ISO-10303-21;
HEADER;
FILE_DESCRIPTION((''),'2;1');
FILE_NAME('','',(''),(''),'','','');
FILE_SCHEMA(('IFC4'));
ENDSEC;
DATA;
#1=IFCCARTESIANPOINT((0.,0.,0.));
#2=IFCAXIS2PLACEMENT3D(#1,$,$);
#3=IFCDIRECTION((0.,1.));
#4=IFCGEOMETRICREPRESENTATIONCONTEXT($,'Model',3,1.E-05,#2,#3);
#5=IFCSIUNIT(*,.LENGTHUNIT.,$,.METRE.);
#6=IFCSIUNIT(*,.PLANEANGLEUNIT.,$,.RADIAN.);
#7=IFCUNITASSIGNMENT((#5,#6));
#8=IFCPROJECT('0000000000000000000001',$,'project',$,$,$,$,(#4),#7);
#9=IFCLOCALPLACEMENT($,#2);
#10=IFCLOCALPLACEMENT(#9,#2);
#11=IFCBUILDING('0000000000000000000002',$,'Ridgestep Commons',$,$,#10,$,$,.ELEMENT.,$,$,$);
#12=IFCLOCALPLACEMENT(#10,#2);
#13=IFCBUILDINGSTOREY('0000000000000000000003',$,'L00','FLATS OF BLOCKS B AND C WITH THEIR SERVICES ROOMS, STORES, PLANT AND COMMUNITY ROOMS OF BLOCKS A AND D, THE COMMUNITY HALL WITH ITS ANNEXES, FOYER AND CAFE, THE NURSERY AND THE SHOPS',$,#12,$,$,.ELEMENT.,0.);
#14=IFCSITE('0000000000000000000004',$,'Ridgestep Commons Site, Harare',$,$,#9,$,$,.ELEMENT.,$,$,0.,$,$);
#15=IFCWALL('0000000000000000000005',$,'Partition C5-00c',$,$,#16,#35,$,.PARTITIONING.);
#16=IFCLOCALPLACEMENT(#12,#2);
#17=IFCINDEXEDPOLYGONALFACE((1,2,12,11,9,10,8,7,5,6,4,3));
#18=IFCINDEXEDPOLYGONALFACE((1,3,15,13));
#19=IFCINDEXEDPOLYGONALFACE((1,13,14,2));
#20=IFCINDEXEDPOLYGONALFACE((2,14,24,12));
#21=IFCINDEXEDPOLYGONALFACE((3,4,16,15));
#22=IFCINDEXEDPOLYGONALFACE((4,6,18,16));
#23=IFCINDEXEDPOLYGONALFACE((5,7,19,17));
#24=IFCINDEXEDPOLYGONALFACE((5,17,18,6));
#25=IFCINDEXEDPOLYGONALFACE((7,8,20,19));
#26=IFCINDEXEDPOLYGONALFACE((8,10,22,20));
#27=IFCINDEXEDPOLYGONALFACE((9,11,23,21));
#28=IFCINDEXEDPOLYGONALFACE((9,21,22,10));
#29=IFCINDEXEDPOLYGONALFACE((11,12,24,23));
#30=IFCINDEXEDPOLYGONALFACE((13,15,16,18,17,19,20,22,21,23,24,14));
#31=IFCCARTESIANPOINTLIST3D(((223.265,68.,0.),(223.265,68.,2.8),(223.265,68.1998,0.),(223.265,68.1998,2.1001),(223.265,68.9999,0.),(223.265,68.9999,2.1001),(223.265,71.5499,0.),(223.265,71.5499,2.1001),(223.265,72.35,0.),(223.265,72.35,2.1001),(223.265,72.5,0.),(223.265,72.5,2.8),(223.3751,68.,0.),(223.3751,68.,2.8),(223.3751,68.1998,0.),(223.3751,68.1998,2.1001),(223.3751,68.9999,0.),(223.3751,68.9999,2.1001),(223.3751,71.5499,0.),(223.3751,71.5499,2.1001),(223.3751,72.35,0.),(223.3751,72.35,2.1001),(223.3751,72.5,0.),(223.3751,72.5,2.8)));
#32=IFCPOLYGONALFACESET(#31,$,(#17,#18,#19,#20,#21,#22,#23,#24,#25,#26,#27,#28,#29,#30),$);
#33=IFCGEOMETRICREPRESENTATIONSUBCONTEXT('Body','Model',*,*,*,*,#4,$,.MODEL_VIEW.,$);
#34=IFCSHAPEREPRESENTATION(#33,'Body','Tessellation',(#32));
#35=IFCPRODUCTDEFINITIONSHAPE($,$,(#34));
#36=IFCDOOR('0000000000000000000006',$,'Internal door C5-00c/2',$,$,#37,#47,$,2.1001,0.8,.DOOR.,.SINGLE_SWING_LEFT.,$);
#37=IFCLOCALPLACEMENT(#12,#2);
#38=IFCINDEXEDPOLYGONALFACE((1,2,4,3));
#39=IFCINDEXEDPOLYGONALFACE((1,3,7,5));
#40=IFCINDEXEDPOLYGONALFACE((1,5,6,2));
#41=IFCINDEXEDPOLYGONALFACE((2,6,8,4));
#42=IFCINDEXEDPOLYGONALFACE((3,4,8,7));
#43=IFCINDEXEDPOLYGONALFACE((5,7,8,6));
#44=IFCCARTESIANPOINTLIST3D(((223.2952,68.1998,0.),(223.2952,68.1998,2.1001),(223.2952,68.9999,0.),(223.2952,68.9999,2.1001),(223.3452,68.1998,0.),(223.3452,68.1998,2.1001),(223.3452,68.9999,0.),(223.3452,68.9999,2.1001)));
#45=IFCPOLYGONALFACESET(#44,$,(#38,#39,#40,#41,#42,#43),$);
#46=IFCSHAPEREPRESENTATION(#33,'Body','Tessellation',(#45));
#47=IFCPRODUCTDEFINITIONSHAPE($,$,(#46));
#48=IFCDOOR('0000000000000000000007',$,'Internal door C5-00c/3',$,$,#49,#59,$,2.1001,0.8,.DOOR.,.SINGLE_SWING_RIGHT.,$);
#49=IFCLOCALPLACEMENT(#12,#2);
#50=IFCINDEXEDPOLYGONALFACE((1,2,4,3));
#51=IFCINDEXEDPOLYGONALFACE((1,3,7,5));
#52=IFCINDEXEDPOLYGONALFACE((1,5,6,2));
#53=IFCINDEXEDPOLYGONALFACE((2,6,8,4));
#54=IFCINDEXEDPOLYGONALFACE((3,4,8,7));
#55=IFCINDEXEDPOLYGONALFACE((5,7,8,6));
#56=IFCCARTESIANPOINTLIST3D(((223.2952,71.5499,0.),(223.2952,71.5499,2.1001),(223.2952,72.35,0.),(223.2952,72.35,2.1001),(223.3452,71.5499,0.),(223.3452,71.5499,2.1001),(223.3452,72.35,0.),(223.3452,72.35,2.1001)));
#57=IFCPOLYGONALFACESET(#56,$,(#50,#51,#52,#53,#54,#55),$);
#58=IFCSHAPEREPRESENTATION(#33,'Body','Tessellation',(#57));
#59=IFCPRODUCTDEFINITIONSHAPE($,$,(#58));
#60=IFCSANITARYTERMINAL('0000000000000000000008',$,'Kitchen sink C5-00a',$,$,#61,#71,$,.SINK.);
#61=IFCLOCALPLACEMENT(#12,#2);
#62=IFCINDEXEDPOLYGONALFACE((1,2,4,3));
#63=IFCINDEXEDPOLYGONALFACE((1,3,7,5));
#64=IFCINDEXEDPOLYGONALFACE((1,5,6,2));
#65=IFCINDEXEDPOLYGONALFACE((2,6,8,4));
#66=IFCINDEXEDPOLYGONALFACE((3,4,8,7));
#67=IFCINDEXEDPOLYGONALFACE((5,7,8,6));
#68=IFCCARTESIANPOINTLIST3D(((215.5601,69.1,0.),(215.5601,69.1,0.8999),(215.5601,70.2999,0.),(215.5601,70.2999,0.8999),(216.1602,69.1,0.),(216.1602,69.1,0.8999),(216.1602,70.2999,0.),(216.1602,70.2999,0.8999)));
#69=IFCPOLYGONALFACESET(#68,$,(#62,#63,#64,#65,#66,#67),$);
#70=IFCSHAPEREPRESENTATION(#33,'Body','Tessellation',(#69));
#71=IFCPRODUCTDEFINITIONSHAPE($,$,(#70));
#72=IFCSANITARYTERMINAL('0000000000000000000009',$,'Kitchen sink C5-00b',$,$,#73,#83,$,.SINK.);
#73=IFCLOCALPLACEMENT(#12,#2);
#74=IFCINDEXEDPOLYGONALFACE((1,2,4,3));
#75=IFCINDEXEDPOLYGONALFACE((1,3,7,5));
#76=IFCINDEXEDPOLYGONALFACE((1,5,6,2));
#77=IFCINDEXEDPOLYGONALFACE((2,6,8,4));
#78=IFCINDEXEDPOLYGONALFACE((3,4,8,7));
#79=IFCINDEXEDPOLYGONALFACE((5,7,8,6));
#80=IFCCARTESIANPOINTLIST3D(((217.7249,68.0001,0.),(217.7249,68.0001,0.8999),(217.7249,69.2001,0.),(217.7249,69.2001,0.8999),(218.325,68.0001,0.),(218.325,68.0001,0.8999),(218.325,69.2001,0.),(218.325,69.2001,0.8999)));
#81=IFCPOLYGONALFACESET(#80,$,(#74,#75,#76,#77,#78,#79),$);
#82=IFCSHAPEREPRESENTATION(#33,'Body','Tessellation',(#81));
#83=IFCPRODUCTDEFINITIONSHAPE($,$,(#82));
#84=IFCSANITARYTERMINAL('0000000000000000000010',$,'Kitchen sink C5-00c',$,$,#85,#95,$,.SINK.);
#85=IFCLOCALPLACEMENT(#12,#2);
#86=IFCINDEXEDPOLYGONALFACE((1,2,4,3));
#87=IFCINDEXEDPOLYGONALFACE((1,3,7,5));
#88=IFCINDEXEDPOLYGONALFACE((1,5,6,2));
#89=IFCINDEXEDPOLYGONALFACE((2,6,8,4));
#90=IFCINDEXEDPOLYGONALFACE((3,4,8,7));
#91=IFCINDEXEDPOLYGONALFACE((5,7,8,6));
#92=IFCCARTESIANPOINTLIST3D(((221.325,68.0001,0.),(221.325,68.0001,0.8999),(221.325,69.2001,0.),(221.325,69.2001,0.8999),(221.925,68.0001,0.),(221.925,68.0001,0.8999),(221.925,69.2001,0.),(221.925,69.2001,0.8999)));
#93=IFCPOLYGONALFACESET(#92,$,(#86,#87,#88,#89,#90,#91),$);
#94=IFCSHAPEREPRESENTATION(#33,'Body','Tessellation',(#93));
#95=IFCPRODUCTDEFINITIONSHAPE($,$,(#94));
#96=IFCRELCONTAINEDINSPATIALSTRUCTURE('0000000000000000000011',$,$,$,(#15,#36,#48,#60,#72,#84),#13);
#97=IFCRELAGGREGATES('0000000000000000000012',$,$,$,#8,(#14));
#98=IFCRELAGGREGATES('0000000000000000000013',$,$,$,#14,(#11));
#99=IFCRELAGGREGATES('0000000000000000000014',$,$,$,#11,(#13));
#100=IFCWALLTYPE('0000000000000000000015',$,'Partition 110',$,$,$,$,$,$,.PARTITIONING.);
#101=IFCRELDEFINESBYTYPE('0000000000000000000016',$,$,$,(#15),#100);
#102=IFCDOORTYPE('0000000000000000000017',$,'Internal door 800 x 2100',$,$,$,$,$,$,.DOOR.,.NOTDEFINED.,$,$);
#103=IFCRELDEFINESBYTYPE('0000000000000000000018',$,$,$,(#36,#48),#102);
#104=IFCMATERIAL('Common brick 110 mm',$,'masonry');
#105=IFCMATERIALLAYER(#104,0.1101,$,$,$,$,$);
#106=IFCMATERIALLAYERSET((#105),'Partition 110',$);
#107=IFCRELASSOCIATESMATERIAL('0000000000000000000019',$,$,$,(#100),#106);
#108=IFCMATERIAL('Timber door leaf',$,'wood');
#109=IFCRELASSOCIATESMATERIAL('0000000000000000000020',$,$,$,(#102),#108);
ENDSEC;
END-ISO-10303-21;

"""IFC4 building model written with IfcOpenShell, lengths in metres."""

from ifc_helpers import new_model, si_unit, direction, frame, frame_2d, origin, origin_2d, place, context, subcontext, project, spatial, rectangle, extrude, material, layer, layer_set, type_object, element, fill, save


model = new_model("IFC4")

# Units and contexts
model_context = context("Model", 3, precision=1e-05, world=origin(), true_north=direction((0.0, 1.0)))
body_context = subcontext(model_context, "Body", "Model", "MODEL_VIEW")
ifc_project = project(units=[si_unit("LENGTHUNIT", "METRE"), si_unit("PLANEANGLEUNIT", "RADIAN")], contexts=[model_context])

# Site, building, storey
site_placement = place(None, origin())
site = spatial("IfcSite", under=ifc_project, at=site_placement, Name="Ridgestep Commons Site, Harare", CompositionType="ELEMENT", RefElevation=0.0)
building_placement = place(site_placement, origin())
building = spatial("IfcBuilding", under=site, at=building_placement, Name="Ridgestep Commons", CompositionType="ELEMENT")
storey_placement = place(building_placement, origin())
storey = spatial("IfcBuildingStorey", under=building, at=storey_placement, Name="L00", Description="FLATS OF BLOCKS B AND C WITH THEIR SERVICES ROOMS, STORES, PLANT AND COMMUNITY ROOMS OF BLOCKS A AND D, THE COMMUNITY HALL WITH ITS ANNEXES, FOYER AND CAFE, THE NURSERY AND THE SHOPS", CompositionType="ELEMENT", Elevation=0.0)

# Wall, openings, doors
ifc_material_1 = material(Name="Common brick 110 mm", Category="masonry")
ifc_layer_1 = layer(ifc_material_1, 0.1101)
ifc_layer_set_1 = layer_set([ifc_layer_1], Name="Partition 110")
wall_type_1 = type_object("IfcWallType", Name="Partition 110", PredefinedType="PARTITIONING", material=ifc_layer_set_1)
ifc_material_2 = material(Name="Timber door leaf", Category="wood")
door_type = type_object("IfcDoorType", Name="Internal door 800 x 2100", OperationType="NOTDEFINED", PredefinedType="DOOR", material=ifc_material_2)
wall_1_placement = place(storey_placement, frame((223.3201, 68.0, 0.0), z_axis=(0.0, 0.0, 1.0), x_axis=(0.0, 1.0, 0.0)))
wall_1 = element("IfcWall", 1, at=wall_1_placement, inside=storey, type_object=wall_type_1, Name="Partition C5-00c", PredefinedType="PARTITIONING", context=body_context, shape_type="SweptSolid", body=[
    extrude(rectangle(XDim=4.5, YDim=0.1101, at=frame_2d((2.25, 0.0))), origin(), (0.0, 0.0, 1.0), 2.8),
])
opening_1_placement = place(wall_1_placement, frame((0.2, 0.0, 0.0)))
opening_1 = element("IfcOpeningElement", 2, at=opening_1_placement, cuts=wall_1, PredefinedType="OPENING", context=body_context, shape_type="SweptSolid", body=[
    extrude(rectangle(XDim=0.8, YDim=2.1001, at=frame_2d((0.3999, 1.05))), frame((0.0, 0.0649, 0.0), z_axis=(0.0, -1.0, 0.0), x_axis=(1.0, 0.0, 0.0)), (0.0, 0.0, 1.0), 0.1301),
])
opening_2_placement = place(wall_1_placement, frame((3.55, 0.0, 0.0)))
opening_2 = element("IfcOpeningElement", 3, at=opening_2_placement, cuts=wall_1, PredefinedType="OPENING", context=body_context, shape_type="SweptSolid", body=[
    extrude(rectangle(XDim=0.8, YDim=2.1001, at=frame_2d((0.3999, 1.05))), frame((0.0, 0.0649, 0.0), z_axis=(0.0, -1.0, 0.0), x_axis=(1.0, 0.0, 0.0)), (0.0, 0.0, 1.0), 0.1301),
])
door_1_placement = place(opening_1_placement, origin())
door_1 = element("IfcDoor", 4, at=door_1_placement, inside=storey, type_object=door_type, Name="Internal door C5-00c/2", OperationType="SINGLE_SWING_LEFT", OverallHeight=2.1001, OverallWidth=0.8, PredefinedType="DOOR", context=body_context, shape_type="SweptSolid", body=[
    extrude(rectangle(XDim=0.8, YDim=2.1001, at=frame_2d((0.3999, 1.05))), frame((0.0, 0.0249, 0.0), z_axis=(0.0, -1.0, 0.0), x_axis=(1.0, 0.0, 0.0)), (0.0, 0.0, 1.0), 0.05),
])
fill(opening_1, door_1)
door_2_placement = place(opening_2_placement, origin())
door_2 = element("IfcDoor", 5, at=door_2_placement, inside=storey, type_object=door_type, Name="Internal door C5-00c/3", OperationType="SINGLE_SWING_RIGHT", OverallHeight=2.1001, OverallWidth=0.8, PredefinedType="DOOR", context=body_context, shape_type="SweptSolid", body=[
    extrude(rectangle(XDim=0.8, YDim=2.1001, at=frame_2d((0.3999, 1.05))), frame((0.0, 0.0249, 0.0), z_axis=(0.0, -1.0, 0.0), x_axis=(1.0, 0.0, 0.0)), (0.0, 0.0, 1.0), 0.05),
])
fill(opening_2, door_2)

# Sanitary terminals
for number, where, z_axis, x_axis, name in (
    (6, (215.8601, 69.7, 0.0), (0.0, 0.0, 1.0), (1.0, 0.0, 0.0), "Kitchen sink C5-00a"),
    (7, (218.0249, 68.6001, 0.0), (0.0, 0.0, 1.0), (1.0, 0.0, 0.0), "Kitchen sink C5-00b"),
    (8, (221.625, 68.6001, 0.0), (0.0, 0.0, 1.0), (1.0, 0.0, 0.0), "Kitchen sink C5-00c"),
):
    element("IfcSanitaryTerminal", number, at=place(storey_placement, frame(where, z_axis=z_axis, x_axis=x_axis)), inside=storey, Name=name, PredefinedType="SINK", context=body_context, shape_type="SweptSolid", body=[
        extrude(rectangle(XDim=0.6001, YDim=1.2, at=origin_2d()), origin(), (0.0, 0.0, 1.0), 0.8999),
    ])

save(model, "model.ifc")
